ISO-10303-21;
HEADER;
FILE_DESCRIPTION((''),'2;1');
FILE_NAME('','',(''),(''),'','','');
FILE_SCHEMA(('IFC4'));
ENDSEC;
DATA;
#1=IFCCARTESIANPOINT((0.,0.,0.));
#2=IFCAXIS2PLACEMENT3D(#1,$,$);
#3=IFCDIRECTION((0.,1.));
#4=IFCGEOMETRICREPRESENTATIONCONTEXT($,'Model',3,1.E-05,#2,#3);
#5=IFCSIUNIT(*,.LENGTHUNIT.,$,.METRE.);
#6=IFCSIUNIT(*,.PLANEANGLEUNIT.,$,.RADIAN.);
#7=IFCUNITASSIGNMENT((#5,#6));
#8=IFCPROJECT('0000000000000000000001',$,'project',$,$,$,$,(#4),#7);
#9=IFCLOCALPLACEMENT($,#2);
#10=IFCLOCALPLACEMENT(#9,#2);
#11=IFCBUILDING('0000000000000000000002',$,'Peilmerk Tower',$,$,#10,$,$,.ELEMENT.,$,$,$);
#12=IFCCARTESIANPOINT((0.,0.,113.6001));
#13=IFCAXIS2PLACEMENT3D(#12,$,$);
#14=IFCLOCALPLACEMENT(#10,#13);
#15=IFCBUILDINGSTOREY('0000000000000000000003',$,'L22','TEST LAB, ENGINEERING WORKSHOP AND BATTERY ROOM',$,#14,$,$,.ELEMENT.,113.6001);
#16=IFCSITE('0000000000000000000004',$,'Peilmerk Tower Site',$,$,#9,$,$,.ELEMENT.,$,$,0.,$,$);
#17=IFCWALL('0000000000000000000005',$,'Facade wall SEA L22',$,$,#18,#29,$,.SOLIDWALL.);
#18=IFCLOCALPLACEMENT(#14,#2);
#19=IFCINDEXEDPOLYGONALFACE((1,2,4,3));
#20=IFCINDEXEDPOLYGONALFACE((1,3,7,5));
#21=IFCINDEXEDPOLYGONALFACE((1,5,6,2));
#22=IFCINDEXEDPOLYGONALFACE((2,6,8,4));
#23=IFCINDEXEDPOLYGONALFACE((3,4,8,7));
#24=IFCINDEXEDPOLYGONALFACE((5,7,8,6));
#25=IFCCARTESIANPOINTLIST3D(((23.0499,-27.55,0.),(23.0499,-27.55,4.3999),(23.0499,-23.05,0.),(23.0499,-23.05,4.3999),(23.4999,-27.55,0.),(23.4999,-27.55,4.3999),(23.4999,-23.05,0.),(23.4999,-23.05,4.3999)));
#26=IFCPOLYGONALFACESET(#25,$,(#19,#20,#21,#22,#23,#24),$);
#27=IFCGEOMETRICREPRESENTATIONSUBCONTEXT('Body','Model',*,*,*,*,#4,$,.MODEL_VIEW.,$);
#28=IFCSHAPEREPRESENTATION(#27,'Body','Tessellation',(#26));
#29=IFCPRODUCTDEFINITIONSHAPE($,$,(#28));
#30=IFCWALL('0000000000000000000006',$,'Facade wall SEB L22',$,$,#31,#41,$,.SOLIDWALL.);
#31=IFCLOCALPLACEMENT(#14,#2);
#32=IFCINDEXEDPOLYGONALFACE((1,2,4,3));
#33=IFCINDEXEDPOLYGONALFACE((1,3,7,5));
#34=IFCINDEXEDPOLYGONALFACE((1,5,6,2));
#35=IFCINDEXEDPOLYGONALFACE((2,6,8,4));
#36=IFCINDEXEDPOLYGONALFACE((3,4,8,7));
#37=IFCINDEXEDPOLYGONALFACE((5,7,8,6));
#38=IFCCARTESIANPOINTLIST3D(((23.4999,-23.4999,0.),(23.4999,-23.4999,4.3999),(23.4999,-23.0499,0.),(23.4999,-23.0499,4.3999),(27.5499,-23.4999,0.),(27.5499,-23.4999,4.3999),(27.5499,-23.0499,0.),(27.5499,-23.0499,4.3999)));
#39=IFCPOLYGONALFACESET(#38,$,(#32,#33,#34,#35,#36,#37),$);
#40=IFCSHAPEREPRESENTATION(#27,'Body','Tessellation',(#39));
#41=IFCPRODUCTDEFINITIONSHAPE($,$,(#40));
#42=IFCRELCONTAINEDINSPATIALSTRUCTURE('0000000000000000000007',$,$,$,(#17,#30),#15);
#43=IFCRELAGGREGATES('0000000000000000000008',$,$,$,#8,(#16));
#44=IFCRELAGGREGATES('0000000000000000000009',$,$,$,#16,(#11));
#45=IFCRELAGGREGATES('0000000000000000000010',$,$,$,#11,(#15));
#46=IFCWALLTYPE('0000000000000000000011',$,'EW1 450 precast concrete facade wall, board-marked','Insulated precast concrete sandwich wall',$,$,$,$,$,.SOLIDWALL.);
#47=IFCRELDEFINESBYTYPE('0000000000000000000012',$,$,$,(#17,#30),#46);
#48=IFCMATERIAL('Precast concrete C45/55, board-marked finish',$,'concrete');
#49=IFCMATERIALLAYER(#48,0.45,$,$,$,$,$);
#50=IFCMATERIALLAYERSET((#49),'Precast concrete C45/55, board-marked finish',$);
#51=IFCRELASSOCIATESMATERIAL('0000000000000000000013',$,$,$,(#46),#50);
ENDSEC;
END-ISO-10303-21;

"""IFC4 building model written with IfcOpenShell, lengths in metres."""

from ifc_helpers import new_model, si_unit, direction, frame, frame_2d, origin, place, context, subcontext, project, spatial, rectangle, extrude, material, layer, layer_set, type_object, element, save


model = new_model("IFC4")

# Units and contexts
model_context = context("Model", 3, precision=1e-05, world=origin(), true_north=direction((0.0, 1.0)))
body_context = subcontext(model_context, "Body", "Model", "MODEL_VIEW")
ifc_project = project(units=[si_unit("LENGTHUNIT", "METRE"), si_unit("PLANEANGLEUNIT", "RADIAN")], contexts=[model_context])

# Site, building, storey
site_placement = place(None, origin())
site = spatial("IfcSite", under=ifc_project, at=site_placement, Name="Peilmerk Tower Site", CompositionType="ELEMENT", RefElevation=0.0)
building_placement = place(site_placement, origin())
building = spatial("IfcBuilding", under=site, at=building_placement, Name="Peilmerk Tower", CompositionType="ELEMENT")
storey_placement = place(building_placement, frame((0.0, 0.0, 113.6001)))
storey = spatial("IfcBuildingStorey", under=building, at=storey_placement, Name="L22", Description="TEST LAB, ENGINEERING WORKSHOP AND BATTERY ROOM", CompositionType="ELEMENT", Elevation=113.6001)

# Shared definitions
ifc_material_1 = material(Name="Precast concrete C45/55, board-marked finish", Category="concrete")
ifc_layer = layer(ifc_material_1, 0.45)
ifc_layer_set = layer_set([ifc_layer], Name="Precast concrete C45/55, board-marked finish")
wall_type = type_object("IfcWallType", Name="EW1 450 precast concrete facade wall, board-marked", Description="Insulated precast concrete sandwich wall", PredefinedType="SOLIDWALL", material=ifc_layer_set)

# Walls
wall_1_placement = place(storey_placement, frame((23.2749, -23.05, 0.0), z_axis=(0.0, 0.0, 1.0), x_axis=(0.0, -1.0, 0.0)))
element("IfcWall", 1, at=wall_1_placement, inside=storey, type_object=wall_type, Name="Facade wall SEA L22", PredefinedType="SOLIDWALL", context=body_context, shape_type="SweptSolid", body=[
    extrude(rectangle(XDim=4.5, YDim=0.45, at=frame_2d((2.25, 0.0))), origin(), (0.0, 0.0, 1.0), 4.3999),
])
wall_2_placement = place(storey_placement, frame((23.5, -23.2749, 0.0), z_axis=(0.0, 0.0, 1.0), x_axis=(1.0, 0.0, 0.0)))
element("IfcWall", 2, at=wall_2_placement, inside=storey, type_object=wall_type, Name="Facade wall SEB L22", PredefinedType="SOLIDWALL", context=body_context, shape_type="SweptSolid", body=[
    extrude(rectangle(XDim=4.05, YDim=0.45, at=frame_2d((2.0249, 0.0))), origin(), (0.0, 0.0, 1.0), 4.3999),
])

save(model, "model.ifc")
